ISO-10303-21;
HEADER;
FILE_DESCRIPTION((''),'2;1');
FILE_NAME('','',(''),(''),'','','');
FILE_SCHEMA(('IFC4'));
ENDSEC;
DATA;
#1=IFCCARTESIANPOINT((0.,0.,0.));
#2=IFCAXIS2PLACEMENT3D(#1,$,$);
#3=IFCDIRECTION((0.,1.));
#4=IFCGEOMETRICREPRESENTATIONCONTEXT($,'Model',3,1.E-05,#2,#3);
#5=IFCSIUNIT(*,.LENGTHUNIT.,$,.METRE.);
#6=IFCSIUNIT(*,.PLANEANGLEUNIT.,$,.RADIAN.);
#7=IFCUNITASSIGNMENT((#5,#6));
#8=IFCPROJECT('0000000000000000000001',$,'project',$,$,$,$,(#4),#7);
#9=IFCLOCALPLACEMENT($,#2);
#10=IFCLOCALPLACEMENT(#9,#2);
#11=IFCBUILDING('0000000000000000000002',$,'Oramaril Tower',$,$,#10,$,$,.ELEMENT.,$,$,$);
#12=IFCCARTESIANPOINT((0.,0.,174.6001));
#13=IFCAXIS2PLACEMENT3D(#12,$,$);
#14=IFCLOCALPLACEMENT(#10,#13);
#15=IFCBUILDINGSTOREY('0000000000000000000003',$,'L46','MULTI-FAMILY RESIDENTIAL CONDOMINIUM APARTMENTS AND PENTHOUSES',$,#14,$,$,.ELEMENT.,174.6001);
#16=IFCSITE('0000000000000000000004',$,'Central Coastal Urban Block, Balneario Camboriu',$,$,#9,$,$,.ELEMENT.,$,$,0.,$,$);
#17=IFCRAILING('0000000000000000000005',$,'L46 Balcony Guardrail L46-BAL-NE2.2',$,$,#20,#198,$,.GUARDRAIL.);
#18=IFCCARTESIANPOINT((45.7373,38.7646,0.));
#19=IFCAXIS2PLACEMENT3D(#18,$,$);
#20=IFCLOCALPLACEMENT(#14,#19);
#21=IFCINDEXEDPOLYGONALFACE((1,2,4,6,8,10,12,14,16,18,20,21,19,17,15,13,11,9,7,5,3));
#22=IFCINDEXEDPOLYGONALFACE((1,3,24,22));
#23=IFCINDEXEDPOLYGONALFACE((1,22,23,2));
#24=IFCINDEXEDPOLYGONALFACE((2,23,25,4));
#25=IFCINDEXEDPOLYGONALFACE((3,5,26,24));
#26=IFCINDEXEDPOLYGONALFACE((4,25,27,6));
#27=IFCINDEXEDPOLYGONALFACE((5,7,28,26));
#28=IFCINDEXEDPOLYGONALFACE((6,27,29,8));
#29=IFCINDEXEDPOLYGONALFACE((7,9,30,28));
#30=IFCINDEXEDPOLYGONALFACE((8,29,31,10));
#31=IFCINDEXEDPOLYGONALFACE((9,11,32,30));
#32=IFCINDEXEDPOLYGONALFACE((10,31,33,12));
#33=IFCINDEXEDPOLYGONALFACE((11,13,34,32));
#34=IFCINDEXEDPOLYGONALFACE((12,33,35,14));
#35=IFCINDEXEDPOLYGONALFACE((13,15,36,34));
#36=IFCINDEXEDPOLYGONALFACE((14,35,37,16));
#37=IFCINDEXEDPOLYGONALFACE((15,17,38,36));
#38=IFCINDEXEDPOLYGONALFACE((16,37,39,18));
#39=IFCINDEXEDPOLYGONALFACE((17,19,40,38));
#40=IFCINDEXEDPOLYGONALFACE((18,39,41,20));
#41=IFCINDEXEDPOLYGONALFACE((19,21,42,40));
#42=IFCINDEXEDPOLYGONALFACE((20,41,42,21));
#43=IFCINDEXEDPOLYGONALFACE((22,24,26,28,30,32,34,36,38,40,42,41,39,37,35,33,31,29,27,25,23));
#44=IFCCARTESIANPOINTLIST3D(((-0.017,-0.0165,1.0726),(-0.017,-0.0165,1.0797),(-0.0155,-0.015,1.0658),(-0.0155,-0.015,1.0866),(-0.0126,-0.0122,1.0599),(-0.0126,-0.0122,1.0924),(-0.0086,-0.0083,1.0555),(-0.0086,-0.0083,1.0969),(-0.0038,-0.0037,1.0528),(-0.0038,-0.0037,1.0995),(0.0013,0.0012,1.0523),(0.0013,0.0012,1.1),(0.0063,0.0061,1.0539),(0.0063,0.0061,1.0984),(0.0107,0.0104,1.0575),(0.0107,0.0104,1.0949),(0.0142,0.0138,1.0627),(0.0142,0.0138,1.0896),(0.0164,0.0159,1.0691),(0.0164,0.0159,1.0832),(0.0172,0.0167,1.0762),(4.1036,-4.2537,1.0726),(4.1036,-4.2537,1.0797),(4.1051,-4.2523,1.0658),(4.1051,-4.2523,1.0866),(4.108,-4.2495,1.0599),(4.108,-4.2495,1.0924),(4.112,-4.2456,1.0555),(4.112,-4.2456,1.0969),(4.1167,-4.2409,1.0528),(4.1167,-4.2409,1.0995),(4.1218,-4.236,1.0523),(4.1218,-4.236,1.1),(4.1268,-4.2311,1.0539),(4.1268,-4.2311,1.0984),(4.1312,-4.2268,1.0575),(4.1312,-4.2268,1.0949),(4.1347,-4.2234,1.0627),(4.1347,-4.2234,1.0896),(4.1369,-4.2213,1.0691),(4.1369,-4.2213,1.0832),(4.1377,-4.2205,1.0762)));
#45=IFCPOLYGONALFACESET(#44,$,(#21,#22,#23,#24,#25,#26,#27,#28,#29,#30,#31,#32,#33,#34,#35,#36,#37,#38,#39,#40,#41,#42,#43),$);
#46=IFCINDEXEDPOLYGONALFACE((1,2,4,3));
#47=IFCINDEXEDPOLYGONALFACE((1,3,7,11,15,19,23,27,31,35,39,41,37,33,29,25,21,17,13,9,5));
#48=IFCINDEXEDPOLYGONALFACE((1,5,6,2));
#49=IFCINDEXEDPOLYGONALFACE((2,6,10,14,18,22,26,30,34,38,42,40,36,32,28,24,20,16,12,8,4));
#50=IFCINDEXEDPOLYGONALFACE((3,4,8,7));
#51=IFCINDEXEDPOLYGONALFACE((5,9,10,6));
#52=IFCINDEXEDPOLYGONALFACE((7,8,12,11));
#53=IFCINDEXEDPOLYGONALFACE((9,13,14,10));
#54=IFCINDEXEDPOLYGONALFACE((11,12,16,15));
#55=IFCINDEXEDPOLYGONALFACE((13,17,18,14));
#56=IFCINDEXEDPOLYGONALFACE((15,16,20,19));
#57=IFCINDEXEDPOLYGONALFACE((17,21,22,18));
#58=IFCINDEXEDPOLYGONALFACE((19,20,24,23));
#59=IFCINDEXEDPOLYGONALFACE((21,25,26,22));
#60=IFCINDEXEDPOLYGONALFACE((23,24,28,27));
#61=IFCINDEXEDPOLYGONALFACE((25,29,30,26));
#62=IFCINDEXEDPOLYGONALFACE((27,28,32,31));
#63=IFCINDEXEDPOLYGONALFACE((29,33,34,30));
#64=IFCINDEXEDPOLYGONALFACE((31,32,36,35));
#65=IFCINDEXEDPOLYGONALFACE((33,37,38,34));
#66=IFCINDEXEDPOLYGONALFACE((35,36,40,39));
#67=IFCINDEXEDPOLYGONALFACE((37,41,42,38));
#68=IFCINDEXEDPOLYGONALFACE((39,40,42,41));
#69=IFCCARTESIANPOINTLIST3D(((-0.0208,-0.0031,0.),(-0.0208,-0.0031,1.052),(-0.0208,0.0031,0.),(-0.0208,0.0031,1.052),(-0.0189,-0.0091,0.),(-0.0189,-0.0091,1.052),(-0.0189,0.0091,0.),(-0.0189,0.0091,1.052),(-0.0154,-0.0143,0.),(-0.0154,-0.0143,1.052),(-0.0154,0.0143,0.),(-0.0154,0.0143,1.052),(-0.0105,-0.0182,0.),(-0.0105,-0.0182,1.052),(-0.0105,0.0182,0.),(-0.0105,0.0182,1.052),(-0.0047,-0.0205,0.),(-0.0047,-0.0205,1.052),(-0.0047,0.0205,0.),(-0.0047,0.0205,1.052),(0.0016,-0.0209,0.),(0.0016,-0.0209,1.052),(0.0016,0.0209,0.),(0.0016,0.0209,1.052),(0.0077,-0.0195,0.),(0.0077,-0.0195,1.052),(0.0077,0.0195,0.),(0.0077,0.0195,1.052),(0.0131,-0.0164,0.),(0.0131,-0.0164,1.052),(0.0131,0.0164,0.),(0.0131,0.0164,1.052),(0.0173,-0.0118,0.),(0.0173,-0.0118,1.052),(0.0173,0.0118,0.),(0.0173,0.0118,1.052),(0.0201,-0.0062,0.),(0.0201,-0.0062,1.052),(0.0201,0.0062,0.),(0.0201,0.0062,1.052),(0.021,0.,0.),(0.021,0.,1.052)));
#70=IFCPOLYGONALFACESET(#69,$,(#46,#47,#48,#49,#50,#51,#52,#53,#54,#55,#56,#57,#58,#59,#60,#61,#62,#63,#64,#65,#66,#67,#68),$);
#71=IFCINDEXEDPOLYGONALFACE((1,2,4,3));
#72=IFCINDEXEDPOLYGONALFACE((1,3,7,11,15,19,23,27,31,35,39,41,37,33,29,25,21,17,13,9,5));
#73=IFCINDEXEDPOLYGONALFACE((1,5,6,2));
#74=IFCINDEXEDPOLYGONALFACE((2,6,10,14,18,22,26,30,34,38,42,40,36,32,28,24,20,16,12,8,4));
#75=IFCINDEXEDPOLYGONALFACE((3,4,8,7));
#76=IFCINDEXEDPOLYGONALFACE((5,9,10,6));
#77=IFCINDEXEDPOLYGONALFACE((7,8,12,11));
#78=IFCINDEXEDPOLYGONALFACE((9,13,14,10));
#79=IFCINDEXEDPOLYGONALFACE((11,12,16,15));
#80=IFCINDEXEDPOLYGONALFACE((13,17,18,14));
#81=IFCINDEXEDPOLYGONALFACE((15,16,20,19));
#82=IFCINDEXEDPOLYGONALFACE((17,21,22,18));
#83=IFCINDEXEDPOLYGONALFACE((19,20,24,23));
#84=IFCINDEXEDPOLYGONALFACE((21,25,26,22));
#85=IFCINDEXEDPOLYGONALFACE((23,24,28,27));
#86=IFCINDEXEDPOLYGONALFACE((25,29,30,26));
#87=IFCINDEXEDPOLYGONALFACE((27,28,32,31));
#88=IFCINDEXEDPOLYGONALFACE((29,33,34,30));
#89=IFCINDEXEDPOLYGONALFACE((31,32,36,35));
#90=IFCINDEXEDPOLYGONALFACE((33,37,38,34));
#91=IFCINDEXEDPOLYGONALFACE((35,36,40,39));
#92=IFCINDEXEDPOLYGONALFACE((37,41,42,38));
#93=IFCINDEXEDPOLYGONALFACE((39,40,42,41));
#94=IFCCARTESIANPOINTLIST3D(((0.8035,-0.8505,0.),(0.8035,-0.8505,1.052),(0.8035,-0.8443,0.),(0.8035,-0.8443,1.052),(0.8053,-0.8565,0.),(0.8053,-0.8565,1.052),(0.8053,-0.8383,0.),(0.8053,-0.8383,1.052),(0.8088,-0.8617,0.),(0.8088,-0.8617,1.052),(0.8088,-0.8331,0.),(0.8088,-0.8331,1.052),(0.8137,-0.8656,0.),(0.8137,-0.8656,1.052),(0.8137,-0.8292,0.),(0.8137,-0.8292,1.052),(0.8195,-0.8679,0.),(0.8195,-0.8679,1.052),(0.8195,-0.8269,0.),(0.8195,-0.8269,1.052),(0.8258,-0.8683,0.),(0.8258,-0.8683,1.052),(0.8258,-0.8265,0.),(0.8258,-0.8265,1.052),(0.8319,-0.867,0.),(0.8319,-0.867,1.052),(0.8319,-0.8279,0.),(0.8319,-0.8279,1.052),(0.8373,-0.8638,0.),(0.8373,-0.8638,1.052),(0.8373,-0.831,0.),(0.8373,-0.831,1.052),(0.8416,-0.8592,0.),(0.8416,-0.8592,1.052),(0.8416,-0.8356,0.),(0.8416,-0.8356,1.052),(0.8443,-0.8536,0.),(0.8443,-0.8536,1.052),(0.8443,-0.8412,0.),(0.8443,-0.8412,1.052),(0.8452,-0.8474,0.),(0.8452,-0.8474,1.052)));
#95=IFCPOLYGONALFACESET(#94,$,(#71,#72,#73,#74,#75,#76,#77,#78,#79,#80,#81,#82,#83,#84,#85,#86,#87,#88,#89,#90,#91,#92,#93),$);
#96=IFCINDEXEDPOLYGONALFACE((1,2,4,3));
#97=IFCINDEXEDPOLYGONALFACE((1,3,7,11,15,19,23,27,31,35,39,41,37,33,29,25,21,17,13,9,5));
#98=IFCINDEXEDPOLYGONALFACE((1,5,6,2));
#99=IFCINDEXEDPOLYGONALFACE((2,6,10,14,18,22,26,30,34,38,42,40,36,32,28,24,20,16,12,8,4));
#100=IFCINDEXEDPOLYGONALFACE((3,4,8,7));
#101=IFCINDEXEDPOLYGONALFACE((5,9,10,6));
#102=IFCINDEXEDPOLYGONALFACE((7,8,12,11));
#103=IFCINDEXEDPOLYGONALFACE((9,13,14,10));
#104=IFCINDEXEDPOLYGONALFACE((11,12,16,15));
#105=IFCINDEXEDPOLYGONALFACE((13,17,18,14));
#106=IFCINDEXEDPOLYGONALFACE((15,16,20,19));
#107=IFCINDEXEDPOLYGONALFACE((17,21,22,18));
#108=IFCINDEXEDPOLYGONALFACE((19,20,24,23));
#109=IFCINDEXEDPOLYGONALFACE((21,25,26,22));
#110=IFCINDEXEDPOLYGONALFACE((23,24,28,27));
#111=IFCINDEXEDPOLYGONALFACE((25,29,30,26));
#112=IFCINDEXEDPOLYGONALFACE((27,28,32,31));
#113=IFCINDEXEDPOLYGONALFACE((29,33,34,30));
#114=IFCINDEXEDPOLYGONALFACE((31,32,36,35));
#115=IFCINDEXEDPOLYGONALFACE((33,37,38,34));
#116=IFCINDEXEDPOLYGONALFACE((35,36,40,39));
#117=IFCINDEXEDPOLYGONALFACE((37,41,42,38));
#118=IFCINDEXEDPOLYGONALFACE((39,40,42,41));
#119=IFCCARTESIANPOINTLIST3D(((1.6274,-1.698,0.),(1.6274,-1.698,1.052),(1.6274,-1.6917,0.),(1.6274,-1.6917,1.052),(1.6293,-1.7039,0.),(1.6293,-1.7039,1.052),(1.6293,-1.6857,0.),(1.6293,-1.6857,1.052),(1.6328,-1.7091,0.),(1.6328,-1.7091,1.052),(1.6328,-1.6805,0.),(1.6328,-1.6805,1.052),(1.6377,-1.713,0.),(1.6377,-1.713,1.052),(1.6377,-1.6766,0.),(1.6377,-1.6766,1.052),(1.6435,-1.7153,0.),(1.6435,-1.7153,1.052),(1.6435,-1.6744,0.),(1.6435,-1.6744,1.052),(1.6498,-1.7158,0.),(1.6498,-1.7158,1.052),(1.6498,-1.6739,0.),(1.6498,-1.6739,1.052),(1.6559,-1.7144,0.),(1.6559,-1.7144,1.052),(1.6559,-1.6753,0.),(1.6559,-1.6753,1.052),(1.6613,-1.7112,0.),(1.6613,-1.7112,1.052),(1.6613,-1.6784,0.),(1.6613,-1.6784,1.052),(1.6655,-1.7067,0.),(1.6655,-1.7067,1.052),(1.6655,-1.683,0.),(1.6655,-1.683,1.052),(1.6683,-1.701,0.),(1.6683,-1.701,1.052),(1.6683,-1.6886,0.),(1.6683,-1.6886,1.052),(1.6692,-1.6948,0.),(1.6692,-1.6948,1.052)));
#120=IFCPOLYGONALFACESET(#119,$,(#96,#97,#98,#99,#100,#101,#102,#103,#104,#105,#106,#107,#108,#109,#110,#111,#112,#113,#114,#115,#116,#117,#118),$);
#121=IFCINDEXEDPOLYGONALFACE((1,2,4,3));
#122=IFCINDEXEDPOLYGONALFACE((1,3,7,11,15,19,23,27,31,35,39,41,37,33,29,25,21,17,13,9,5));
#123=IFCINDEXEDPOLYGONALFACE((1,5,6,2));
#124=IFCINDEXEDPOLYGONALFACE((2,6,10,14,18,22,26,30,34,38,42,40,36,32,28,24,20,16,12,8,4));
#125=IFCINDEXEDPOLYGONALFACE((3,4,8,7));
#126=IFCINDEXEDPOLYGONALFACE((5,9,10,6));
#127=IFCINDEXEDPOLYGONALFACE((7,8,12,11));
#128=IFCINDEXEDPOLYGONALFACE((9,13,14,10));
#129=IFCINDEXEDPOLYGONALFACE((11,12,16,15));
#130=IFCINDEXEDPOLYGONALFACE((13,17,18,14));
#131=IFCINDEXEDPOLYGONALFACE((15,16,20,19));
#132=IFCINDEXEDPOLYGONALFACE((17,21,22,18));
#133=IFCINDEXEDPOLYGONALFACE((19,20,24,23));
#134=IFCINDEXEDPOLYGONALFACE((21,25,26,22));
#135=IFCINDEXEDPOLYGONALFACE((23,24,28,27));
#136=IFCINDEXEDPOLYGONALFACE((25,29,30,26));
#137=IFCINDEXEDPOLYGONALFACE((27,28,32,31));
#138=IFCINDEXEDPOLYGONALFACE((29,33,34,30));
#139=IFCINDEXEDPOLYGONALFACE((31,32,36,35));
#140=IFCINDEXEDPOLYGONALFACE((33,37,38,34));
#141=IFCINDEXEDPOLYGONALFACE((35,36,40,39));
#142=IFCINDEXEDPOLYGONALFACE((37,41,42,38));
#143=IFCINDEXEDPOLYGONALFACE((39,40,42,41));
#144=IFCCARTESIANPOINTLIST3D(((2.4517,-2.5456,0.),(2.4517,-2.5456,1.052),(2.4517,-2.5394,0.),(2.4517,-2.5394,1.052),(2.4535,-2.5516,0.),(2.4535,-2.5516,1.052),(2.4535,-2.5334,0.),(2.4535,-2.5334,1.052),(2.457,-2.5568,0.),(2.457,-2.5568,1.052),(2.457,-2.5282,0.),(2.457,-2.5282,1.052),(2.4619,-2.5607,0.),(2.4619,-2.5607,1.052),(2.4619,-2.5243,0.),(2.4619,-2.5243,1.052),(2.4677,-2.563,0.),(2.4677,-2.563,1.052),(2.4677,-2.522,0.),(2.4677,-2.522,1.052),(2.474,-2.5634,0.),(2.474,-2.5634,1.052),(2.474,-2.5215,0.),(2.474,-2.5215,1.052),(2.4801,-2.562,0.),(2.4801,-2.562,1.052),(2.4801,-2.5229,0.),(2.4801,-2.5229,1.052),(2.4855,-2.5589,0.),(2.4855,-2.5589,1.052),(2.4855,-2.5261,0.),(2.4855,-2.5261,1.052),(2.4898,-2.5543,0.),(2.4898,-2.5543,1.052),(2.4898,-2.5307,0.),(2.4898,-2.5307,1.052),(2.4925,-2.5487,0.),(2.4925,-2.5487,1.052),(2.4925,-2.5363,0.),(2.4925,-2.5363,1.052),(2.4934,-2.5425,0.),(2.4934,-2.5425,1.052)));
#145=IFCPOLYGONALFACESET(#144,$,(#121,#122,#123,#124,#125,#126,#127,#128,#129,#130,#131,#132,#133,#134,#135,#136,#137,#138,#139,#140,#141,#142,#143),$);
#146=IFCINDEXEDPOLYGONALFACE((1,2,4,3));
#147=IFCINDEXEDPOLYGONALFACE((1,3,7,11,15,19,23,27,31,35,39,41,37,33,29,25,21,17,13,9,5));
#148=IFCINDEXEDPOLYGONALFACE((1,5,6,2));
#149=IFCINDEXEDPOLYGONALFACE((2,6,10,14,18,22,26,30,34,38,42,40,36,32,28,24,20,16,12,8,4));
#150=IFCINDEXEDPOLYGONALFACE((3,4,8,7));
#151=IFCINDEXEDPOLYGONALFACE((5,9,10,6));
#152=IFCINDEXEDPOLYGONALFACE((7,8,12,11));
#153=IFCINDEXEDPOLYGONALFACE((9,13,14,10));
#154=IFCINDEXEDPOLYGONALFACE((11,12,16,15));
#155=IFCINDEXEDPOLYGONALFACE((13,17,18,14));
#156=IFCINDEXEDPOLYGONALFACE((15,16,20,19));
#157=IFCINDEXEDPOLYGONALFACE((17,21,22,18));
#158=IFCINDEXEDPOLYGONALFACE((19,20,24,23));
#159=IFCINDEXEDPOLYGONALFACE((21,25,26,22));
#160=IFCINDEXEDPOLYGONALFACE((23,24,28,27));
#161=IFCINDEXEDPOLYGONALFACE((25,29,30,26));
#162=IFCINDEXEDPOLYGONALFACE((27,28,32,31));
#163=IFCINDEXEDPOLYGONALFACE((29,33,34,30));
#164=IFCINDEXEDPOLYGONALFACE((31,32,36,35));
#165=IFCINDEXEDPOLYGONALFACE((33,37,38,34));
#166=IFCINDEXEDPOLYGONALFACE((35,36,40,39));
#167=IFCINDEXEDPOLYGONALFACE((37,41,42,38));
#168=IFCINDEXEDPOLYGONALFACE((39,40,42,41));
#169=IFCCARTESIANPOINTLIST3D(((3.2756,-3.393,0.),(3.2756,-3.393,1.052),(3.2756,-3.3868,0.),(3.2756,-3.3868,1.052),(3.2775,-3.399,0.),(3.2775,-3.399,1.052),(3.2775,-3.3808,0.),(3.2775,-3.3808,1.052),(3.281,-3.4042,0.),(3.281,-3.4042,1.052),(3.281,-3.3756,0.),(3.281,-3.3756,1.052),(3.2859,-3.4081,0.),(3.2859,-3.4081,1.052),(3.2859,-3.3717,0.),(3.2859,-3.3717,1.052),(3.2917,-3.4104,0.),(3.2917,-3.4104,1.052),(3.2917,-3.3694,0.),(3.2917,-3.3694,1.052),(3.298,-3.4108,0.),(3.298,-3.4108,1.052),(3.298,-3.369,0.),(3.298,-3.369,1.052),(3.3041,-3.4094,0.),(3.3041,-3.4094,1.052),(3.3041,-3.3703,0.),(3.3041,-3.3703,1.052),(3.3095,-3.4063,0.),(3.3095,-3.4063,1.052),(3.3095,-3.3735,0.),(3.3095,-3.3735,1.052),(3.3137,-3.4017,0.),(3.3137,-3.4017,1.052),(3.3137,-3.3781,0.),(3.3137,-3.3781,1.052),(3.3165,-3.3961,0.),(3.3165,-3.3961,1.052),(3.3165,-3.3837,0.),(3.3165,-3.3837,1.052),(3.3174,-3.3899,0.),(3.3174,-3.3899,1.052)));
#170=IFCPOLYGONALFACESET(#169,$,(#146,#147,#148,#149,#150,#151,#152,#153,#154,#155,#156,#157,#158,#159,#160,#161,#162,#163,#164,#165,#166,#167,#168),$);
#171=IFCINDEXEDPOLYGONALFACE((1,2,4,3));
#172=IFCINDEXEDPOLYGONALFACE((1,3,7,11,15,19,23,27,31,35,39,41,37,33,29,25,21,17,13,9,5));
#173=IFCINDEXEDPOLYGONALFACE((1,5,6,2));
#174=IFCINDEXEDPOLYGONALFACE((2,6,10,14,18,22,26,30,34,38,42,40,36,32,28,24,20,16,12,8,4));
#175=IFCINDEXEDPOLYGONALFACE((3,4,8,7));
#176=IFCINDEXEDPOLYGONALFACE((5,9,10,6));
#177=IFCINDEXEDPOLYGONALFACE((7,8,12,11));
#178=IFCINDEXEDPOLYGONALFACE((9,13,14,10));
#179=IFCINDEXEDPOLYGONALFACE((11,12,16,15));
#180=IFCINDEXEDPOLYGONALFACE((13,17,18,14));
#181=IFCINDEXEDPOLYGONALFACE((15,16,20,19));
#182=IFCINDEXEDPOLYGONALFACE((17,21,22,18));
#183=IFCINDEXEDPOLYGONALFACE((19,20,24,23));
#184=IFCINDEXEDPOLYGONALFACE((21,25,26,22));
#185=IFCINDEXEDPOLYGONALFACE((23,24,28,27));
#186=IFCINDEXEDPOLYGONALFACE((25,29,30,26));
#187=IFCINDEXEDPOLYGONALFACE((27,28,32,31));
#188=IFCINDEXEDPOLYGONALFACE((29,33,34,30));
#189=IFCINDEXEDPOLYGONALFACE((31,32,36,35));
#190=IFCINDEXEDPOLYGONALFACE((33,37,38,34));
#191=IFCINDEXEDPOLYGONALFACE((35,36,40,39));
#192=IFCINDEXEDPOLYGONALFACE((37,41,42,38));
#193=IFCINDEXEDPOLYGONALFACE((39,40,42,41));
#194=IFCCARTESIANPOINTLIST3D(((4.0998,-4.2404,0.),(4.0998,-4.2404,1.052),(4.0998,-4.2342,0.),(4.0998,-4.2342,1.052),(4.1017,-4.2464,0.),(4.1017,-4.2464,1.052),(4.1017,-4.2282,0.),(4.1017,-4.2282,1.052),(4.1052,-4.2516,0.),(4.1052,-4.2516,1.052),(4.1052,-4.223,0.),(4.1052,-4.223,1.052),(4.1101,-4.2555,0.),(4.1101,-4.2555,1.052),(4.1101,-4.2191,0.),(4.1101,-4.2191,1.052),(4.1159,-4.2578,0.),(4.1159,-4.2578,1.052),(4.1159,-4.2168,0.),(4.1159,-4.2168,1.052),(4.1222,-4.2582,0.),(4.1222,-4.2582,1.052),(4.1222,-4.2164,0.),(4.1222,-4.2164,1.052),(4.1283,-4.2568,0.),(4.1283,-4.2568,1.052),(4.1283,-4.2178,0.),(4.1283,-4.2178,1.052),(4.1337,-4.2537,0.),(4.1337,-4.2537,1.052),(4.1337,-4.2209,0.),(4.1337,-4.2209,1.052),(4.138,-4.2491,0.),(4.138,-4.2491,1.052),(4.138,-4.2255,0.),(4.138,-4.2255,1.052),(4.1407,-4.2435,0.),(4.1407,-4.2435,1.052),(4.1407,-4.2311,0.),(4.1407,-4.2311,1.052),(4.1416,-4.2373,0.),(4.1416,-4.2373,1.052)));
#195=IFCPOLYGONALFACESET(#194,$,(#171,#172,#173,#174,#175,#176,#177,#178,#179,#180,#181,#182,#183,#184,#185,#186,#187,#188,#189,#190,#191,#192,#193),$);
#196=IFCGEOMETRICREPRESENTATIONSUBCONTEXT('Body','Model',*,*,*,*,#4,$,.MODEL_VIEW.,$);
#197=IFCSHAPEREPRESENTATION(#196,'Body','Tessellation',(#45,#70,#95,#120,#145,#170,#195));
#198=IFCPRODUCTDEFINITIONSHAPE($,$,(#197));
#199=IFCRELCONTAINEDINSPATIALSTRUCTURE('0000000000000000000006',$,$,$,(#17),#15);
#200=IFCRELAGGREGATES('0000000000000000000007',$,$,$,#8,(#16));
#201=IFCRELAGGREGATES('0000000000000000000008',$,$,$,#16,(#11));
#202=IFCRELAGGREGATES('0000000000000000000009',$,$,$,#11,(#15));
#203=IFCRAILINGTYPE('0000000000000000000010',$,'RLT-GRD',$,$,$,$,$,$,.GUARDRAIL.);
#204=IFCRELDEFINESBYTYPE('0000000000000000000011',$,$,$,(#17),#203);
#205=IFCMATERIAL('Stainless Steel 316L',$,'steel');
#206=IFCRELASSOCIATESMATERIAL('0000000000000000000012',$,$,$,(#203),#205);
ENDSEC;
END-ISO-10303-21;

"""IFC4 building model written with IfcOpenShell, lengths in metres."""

from ifc_helpers import new_model, si_unit, direction, frame, origin, origin_2d, place, context, subcontext, project, spatial, circle, extrude, material, type_object, element, save


model = new_model("IFC4")

# Units and contexts
model_context = context("Model", 3, precision=1e-05, world=origin(), true_north=direction((0.0, 1.0)))
body_context = subcontext(model_context, "Body", "Model", "MODEL_VIEW")
ifc_project = project(units=[si_unit("LENGTHUNIT", "METRE"), si_unit("PLANEANGLEUNIT", "RADIAN")], contexts=[model_context])

# Site, building, storey
site_placement = place(None, origin())
site = spatial("IfcSite", under=ifc_project, at=site_placement, Name="Central Coastal Urban Block, Balneario Camboriu", CompositionType="ELEMENT", RefElevation=0.0)
building_placement = place(site_placement, origin())
building = spatial("IfcBuilding", under=site, at=building_placement, Name="Oramaril Tower", CompositionType="ELEMENT")
storey_placement = place(building_placement, frame((0.0, 0.0, 174.6001)))
storey = spatial("IfcBuildingStorey", under=building, at=storey_placement, Name="L46", Description="MULTI-FAMILY RESIDENTIAL CONDOMINIUM APARTMENTS AND PENTHOUSES", CompositionType="ELEMENT", Elevation=174.6001)

# Railing
ifc_material_1 = material(Name="Stainless Steel 316L", Category="steel")
railing_type = type_object("IfcRailingType", Name="RLT-GRD", PredefinedType="GUARDRAIL", material=ifc_material_1)
railing_1_placement = place(storey_placement, frame((45.7373, 38.7646, 0.0)))
element("IfcRailing", 1, at=railing_1_placement, inside=storey, type_object=railing_type, Name="L46 Balcony Guardrail L46-BAL-NE2.2", PredefinedType="GUARDRAIL", context=body_context, shape_type="SweptSolid", body=[
    extrude(circle(Radius=0.0239, at=origin_2d()), frame((0.0, 0.0, 1.0762), z_axis=(0.697166, -0.71691, 0.0), x_axis=(0.71691, 0.697166, 0.0)), (0.0, 0.0, 1.0), 5.9104),
    extrude(circle(Radius=0.021, at=origin_2d()), origin(), (0.0, 0.0, 1.0), 1.052),
    extrude(circle(Radius=0.021, at=origin_2d()), frame((0.8242, -0.8474, 0.0)), (0.0, 0.0, 1.0), 1.052),
    extrude(circle(Radius=0.021, at=origin_2d()), frame((1.6482, -1.6948, 0.0)), (0.0, 0.0, 1.0), 1.052),
    extrude(circle(Radius=0.021, at=origin_2d()), frame((2.4724, -2.5425, 0.0)), (0.0, 0.0, 1.0), 1.052),
    extrude(circle(Radius=0.021, at=origin_2d()), frame((3.2964, -3.3899, 0.0)), (0.0, 0.0, 1.0), 1.052),
    extrude(circle(Radius=0.021, at=origin_2d()), frame((4.1206, -4.2373, 0.0)), (0.0, 0.0, 1.0), 1.052),
])

save(model, "model.ifc")
